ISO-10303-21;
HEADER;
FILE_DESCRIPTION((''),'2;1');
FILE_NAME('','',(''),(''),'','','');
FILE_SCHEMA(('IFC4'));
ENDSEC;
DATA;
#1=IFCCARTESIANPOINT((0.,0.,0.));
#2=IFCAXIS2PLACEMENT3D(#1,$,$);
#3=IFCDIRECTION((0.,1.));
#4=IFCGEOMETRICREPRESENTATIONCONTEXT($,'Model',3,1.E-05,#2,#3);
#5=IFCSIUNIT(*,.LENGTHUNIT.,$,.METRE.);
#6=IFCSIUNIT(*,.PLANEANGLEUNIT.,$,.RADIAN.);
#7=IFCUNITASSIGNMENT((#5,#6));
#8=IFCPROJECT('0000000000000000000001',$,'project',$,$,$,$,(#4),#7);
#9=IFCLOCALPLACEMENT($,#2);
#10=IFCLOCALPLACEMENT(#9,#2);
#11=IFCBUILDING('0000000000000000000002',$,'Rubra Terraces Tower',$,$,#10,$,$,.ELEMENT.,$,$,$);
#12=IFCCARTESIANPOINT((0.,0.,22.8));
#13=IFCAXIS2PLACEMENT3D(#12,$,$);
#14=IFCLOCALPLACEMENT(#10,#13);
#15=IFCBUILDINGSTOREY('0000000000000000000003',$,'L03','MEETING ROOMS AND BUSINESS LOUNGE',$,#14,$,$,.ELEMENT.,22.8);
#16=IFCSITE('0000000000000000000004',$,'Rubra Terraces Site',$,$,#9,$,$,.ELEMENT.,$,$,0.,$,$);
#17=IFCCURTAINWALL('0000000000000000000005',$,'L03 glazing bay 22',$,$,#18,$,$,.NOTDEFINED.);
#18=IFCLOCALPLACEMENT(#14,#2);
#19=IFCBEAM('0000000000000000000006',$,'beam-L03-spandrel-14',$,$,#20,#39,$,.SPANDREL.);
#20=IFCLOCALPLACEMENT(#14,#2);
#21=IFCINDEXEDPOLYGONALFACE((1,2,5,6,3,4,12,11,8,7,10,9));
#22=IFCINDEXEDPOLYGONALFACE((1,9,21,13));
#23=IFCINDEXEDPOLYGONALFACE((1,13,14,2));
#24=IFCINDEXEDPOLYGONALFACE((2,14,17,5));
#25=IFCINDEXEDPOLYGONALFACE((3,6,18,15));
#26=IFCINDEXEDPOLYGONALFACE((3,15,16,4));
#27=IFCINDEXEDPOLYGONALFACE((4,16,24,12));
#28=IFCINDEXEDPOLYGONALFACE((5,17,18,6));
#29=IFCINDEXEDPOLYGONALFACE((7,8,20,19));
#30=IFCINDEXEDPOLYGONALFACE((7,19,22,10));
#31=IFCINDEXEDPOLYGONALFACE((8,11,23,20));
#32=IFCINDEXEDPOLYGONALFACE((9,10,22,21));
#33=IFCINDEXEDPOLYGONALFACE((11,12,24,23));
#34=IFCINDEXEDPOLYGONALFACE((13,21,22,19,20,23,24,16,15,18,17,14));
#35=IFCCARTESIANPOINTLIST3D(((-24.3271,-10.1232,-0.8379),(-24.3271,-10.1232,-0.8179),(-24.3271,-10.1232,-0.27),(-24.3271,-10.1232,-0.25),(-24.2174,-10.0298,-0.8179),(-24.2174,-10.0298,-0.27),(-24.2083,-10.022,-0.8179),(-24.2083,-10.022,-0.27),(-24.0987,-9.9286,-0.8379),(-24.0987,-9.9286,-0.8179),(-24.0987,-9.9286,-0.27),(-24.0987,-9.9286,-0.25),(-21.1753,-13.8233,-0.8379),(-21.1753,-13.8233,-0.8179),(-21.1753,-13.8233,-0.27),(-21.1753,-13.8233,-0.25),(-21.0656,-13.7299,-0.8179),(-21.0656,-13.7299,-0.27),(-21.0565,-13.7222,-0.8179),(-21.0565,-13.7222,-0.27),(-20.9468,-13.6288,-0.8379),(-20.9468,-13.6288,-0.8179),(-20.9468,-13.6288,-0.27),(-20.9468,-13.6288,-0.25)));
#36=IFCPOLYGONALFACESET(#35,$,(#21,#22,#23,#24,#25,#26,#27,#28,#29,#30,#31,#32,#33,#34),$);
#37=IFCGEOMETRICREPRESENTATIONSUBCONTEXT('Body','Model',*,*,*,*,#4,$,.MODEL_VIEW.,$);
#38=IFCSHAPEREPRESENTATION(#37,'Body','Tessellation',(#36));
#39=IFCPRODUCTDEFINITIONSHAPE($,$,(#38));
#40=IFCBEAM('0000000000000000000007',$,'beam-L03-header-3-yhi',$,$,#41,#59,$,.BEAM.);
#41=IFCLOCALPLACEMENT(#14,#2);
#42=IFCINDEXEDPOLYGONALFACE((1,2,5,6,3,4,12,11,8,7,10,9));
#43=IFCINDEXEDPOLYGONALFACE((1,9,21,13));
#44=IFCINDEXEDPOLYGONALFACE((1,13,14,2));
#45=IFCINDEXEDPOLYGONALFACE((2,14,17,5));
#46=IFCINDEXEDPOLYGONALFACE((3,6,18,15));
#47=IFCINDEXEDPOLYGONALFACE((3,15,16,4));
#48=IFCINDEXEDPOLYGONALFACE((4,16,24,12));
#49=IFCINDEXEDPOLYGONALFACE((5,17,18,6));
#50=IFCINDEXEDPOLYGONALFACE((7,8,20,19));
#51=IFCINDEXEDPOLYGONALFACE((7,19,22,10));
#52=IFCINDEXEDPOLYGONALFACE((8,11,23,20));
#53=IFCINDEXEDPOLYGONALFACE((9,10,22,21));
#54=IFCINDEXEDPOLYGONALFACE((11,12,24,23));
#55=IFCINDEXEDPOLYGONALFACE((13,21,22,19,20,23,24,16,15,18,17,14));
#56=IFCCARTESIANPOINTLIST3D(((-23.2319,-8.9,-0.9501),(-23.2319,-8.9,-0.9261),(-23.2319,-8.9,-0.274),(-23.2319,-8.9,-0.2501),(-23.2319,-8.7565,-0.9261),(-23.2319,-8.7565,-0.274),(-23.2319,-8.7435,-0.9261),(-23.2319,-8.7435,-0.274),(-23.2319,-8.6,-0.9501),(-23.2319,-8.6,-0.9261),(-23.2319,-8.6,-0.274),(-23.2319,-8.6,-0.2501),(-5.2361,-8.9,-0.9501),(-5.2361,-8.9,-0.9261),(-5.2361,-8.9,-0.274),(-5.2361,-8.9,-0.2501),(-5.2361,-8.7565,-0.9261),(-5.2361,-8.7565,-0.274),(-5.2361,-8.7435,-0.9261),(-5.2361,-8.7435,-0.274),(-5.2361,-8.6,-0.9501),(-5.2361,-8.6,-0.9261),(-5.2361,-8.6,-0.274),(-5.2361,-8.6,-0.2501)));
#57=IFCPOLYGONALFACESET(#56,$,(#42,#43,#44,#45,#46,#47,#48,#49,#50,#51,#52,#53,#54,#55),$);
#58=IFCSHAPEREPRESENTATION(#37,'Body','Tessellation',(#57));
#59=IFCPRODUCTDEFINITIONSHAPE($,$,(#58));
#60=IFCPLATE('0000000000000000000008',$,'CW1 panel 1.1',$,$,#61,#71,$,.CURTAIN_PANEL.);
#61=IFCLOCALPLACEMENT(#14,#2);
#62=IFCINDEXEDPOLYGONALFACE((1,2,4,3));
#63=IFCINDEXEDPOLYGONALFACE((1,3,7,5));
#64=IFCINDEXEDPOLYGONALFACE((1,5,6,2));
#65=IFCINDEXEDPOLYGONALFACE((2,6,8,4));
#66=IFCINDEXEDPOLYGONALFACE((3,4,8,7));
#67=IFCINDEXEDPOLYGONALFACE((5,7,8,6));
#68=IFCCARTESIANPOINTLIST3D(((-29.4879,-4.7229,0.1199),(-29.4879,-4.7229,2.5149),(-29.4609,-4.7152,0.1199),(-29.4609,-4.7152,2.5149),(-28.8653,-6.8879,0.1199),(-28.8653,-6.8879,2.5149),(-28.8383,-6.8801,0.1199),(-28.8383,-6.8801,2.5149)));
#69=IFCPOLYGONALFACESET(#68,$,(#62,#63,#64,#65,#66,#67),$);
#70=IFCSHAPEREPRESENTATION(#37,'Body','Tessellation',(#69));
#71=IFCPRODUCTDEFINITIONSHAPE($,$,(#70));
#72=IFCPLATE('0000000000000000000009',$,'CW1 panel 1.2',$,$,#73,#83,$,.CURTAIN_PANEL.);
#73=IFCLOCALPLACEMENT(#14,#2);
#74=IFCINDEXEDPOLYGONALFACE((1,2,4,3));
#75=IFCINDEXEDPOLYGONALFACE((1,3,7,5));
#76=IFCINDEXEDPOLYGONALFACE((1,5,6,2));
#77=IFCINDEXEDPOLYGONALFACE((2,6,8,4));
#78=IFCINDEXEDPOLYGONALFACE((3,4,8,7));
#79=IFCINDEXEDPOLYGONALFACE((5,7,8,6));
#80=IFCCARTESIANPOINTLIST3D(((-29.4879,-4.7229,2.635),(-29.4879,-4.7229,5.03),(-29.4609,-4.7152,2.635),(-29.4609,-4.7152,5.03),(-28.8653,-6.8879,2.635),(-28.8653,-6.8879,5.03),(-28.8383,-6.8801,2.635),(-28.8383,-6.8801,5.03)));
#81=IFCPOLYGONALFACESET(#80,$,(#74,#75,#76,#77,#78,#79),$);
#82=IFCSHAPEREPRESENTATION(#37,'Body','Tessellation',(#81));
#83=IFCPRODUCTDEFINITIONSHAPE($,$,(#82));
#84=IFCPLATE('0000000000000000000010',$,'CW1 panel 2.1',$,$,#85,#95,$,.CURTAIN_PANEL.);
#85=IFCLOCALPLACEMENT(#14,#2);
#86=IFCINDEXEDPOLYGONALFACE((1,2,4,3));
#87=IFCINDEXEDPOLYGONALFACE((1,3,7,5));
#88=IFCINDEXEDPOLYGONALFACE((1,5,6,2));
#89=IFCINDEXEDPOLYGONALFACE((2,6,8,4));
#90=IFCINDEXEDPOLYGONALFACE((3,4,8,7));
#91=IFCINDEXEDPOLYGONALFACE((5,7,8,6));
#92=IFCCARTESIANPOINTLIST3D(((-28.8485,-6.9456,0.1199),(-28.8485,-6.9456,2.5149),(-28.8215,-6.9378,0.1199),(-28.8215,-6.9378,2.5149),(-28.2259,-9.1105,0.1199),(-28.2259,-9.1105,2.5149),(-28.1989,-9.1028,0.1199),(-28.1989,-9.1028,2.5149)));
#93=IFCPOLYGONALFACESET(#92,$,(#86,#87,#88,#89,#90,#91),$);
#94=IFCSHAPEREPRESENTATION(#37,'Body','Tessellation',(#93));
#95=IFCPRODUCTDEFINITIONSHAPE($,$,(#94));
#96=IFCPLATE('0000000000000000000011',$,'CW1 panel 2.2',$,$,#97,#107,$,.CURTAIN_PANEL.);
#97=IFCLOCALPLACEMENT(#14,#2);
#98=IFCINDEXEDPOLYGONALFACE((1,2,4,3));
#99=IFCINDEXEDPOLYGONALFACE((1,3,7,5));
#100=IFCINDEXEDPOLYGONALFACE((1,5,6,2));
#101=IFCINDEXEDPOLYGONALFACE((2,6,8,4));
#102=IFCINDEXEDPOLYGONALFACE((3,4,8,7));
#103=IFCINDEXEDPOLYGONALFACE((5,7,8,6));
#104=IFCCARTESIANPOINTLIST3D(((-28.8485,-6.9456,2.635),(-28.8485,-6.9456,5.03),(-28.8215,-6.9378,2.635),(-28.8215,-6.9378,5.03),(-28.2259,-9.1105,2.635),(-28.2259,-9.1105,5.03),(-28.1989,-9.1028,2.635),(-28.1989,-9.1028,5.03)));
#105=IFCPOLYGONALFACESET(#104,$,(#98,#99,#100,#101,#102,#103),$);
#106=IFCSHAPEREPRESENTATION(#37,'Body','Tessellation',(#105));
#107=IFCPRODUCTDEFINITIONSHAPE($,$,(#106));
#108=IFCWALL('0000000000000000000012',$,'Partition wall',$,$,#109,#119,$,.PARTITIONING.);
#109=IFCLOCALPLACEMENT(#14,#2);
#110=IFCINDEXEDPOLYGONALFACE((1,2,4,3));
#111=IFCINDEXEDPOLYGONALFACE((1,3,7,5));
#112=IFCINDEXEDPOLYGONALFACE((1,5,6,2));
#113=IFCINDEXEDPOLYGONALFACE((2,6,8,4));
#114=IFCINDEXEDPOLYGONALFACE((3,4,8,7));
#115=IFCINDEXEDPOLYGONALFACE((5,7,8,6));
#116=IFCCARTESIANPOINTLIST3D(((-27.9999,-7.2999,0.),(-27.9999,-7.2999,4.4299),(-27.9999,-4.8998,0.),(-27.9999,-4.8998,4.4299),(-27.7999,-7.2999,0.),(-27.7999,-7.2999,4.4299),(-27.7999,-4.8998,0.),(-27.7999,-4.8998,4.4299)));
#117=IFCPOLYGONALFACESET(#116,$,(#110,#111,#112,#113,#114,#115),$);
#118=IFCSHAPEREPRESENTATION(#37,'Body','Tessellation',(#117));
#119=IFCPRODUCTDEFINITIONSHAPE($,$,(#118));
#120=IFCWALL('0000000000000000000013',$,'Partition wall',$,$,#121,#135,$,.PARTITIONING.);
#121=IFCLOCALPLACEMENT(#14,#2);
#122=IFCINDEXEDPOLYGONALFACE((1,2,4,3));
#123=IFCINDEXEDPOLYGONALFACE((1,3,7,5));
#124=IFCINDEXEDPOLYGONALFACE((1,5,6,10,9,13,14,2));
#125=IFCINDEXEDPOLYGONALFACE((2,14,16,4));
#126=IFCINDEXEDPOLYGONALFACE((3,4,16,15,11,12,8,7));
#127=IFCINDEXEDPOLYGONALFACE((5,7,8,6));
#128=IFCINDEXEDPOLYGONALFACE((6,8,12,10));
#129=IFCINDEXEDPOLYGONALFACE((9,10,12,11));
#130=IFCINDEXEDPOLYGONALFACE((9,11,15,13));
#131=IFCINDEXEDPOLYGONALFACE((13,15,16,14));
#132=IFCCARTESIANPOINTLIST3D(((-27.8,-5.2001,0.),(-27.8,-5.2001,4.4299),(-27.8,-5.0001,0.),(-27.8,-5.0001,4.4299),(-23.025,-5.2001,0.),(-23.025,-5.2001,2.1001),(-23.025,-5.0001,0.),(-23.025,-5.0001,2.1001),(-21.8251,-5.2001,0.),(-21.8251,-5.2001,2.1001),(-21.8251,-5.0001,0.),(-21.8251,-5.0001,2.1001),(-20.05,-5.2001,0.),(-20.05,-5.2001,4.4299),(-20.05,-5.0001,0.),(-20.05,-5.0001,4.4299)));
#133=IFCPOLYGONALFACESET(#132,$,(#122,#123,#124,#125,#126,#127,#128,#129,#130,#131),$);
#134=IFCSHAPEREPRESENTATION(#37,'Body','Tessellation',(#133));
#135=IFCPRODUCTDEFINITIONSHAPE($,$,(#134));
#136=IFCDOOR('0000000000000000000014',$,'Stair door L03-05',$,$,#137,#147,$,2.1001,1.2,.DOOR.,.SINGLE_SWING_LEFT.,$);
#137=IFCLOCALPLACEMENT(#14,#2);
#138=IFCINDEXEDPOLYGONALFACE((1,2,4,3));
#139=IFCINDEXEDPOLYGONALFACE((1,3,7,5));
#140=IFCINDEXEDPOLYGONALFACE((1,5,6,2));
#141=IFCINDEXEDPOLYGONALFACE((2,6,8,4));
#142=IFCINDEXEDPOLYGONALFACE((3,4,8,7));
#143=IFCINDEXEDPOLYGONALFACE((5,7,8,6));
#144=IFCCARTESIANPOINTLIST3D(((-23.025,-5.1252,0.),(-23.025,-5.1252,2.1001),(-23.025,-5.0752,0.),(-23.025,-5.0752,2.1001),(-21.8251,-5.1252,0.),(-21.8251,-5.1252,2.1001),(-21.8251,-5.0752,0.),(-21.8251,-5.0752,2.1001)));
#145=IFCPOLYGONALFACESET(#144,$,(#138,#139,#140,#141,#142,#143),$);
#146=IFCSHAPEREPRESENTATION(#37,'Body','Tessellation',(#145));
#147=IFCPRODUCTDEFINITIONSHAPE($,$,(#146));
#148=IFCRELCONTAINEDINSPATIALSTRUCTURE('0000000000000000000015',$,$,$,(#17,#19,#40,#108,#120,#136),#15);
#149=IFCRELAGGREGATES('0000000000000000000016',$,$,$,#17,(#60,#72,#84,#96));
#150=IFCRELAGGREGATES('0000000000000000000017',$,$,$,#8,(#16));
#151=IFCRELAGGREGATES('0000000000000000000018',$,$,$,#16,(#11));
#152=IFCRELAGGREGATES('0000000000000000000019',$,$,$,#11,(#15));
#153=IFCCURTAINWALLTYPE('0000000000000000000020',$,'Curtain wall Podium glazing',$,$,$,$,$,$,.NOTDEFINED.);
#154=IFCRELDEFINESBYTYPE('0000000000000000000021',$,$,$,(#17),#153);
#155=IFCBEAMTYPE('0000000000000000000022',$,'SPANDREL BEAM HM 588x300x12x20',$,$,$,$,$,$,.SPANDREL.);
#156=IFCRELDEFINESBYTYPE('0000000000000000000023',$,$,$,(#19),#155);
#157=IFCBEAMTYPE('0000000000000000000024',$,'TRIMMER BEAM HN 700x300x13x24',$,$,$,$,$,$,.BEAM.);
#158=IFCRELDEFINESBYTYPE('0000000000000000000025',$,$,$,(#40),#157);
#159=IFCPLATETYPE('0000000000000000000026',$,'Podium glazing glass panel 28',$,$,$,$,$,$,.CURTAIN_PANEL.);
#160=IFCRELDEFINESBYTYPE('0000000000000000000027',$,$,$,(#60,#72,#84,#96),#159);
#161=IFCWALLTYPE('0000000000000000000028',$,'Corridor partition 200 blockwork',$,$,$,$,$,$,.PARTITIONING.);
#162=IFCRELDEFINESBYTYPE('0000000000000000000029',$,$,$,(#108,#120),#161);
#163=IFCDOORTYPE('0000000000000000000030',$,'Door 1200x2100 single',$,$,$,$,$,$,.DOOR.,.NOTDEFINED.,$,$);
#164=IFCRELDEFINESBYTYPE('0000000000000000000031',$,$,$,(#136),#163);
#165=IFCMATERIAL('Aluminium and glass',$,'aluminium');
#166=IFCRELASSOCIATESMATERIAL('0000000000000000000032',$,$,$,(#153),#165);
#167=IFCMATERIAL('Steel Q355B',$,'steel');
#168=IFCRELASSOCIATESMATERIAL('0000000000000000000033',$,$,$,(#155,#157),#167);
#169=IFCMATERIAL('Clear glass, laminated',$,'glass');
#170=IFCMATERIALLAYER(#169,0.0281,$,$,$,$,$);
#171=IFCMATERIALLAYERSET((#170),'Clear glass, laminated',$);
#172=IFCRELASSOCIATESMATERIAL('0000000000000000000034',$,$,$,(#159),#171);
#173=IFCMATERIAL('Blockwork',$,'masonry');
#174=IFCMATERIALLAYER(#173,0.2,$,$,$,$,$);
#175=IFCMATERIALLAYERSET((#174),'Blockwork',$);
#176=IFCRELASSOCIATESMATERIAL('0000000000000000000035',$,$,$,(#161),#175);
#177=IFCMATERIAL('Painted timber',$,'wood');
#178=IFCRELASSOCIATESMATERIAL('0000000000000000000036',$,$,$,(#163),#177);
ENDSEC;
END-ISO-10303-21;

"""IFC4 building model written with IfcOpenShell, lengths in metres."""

from ifc_helpers import new_model, si_unit, direction, frame, frame_2d, origin, origin_2d, place, context, subcontext, project, spatial, rectangle, i_section, extrude, material, layer, layer_set, material_profile, profile_set, type_object, element, fill, aggregate, save


model = new_model("IFC4")

# Units and contexts
model_context = context("Model", 3, precision=1e-05, world=origin(), true_north=direction((0.0, 1.0)))
body_context = subcontext(model_context, "Body", "Model", "MODEL_VIEW")
ifc_project = project(units=[si_unit("LENGTHUNIT", "METRE"), si_unit("PLANEANGLEUNIT", "RADIAN")], contexts=[model_context])

# Site, building, storey
site_placement = place(None, origin())
site = spatial("IfcSite", under=ifc_project, at=site_placement, Name="Rubra Terraces Site", CompositionType="ELEMENT", RefElevation=0.0)
building_placement = place(site_placement, origin())
building = spatial("IfcBuilding", under=site, at=building_placement, Name="Rubra Terraces Tower", CompositionType="ELEMENT")
storey_placement = place(building_placement, frame((0.0, 0.0, 22.8)))
storey = spatial("IfcBuildingStorey", under=building, at=storey_placement, Name="L03", Description="MEETING ROOMS AND BUSINESS LOUNGE", CompositionType="ELEMENT", Elevation=22.8)

# Shared definitions
ifc_material_1 = material(Name="Steel Q355B", Category="steel")

# Curtain wall
ifc_material_2 = material(Name="Aluminium and glass", Category="aluminium")
curtain_wall_type = type_object("IfcCurtainWallType", Name="Curtain wall Podium glazing", PredefinedType="NOTDEFINED", material=ifc_material_2)
curtain_wall_1_placement = place(storey_placement, origin())
curtain_wall_1 = element("IfcCurtainWall", 1, at=curtain_wall_1_placement, inside=storey, type_object=curtain_wall_type, Name="L03 glazing bay 22", PredefinedType="NOTDEFINED")

# Beams
ifc_material_profile_1 = material_profile(ifc_material_1, i_section(OverallWidth=0.3, OverallDepth=0.5879, WebThickness=0.012, FlangeThickness=0.02, at=origin_2d()), Name="HM 588x300x12x20")
ifc_profile_set_1 = profile_set([ifc_material_profile_1], Name="Steel Q355B")
beam_type_1 = type_object("IfcBeamType", Name="SPANDREL BEAM HM 588x300x12x20", PredefinedType="SPANDREL", material=ifc_profile_set_1)
beam_1_placement = place(storey_placement, frame((-24.2129, -10.0259, -0.5439), z_axis=(0.648447, -0.76126, 0.0), x_axis=(0.76126, 0.648447, 0.0)))
element("IfcBeam", 2, at=beam_1_placement, inside=storey, type_object=beam_type_1, Name="beam-L03-spandrel-14", PredefinedType="SPANDREL", context=body_context, shape_type="SweptSolid", body=[
    extrude(i_section(OverallWidth=0.3, OverallDepth=0.5879, WebThickness=0.012, FlangeThickness=0.02, at=origin_2d()), origin(), (0.0, 0.0, 1.0), 4.8606),
])
ifc_material_profile_2 = material_profile(ifc_material_1, i_section(OverallWidth=0.3, OverallDepth=0.7, WebThickness=0.0129, FlangeThickness=0.0239, at=origin_2d()), Name="HN 700x300x13x24")
ifc_profile_set_2 = profile_set([ifc_material_profile_2], Name="Steel Q355B")
beam_type_2 = type_object("IfcBeamType", Name="TRIMMER BEAM HN 700x300x13x24", PredefinedType="BEAM", material=ifc_profile_set_2)
beam_2_placement = place(storey_placement, frame((-23.2319, -8.75, -0.6001), z_axis=(1.0, 0.0, 0.0), x_axis=(0.0, 1.0, 0.0)))
element("IfcBeam", 3, at=beam_2_placement, inside=storey, type_object=beam_type_2, Name="beam-L03-header-3-yhi", PredefinedType="BEAM", context=body_context, shape_type="SweptSolid", body=[
    extrude(i_section(OverallWidth=0.3, OverallDepth=0.7, WebThickness=0.0129, FlangeThickness=0.0239, at=origin_2d()), origin(), (0.0, 0.0, 1.0), 17.9958),
])

# Plates
ifc_material_3 = material(Name="Clear glass, laminated", Category="glass")
ifc_layer_1 = layer(ifc_material_3, 0.0281)
ifc_layer_set_1 = layer_set([ifc_layer_1], Name="Clear glass, laminated")
plate_type = type_object("IfcPlateType", Name="Podium glazing glass panel 28", PredefinedType="CURTAIN_PANEL", material=ifc_layer_set_1)
plate_1_placement = place(storey_placement, frame((-29.1631, -5.8015, 0.1199), z_axis=(0.0, 0.0, 1.0), x_axis=(0.276384, -0.961047, 0.0)))
plate_1 = element("IfcPlate", 4, at=plate_1_placement, type_object=plate_type, Name="CW1 panel 1.1", PredefinedType="CURTAIN_PANEL", context=body_context, shape_type="SweptSolid", body=[
    extrude(rectangle(XDim=2.2527, YDim=0.0281, at=origin_2d()), origin(), (0.0, 0.0, 1.0), 2.395),
])
plate_2_placement = place(storey_placement, frame((-29.1631, -5.8015, 2.635), z_axis=(0.0, 0.0, 1.0), x_axis=(0.276384, -0.961047, 0.0)))
plate_2 = element("IfcPlate", 5, at=plate_2_placement, type_object=plate_type, Name="CW1 panel 1.2", PredefinedType="CURTAIN_PANEL", context=body_context, shape_type="SweptSolid", body=[
    extrude(rectangle(XDim=2.2527, YDim=0.0281, at=origin_2d()), origin(), (0.0, 0.0, 1.0), 2.395),
])
plate_3_placement = place(storey_placement, frame((-28.5237, -8.0242, 0.1199), z_axis=(0.0, 0.0, 1.0), x_axis=(0.276384, -0.961047, 0.0)))
plate_3 = element("IfcPlate", 6, at=plate_3_placement, type_object=plate_type, Name="CW1 panel 2.1", PredefinedType="CURTAIN_PANEL", context=body_context, shape_type="SweptSolid", body=[
    extrude(rectangle(XDim=2.2527, YDim=0.0281, at=origin_2d()), origin(), (0.0, 0.0, 1.0), 2.395),
])
plate_4_placement = place(storey_placement, frame((-28.5237, -8.0242, 2.635), z_axis=(0.0, 0.0, 1.0), x_axis=(0.276384, -0.961047, 0.0)))
plate_4 = element("IfcPlate", 7, at=plate_4_placement, type_object=plate_type, Name="CW1 panel 2.2", PredefinedType="CURTAIN_PANEL", context=body_context, shape_type="SweptSolid", body=[
    extrude(rectangle(XDim=2.2527, YDim=0.0281, at=origin_2d()), origin(), (0.0, 0.0, 1.0), 2.395),
])
aggregate(curtain_wall_1, [plate_1, plate_2, plate_3, plate_4])

# Wall
ifc_material_4 = material(Name="Blockwork", Category="masonry")
ifc_layer_2 = layer(ifc_material_4, 0.2)
ifc_layer_set_2 = layer_set([ifc_layer_2], Name="Blockwork")
wall_type = type_object("IfcWallType", Name="Corridor partition 200 blockwork", PredefinedType="PARTITIONING", material=ifc_layer_set_2)
wall_1_placement = place(storey_placement, frame((-27.8999, -7.3, 0.0), z_axis=(0.0, 0.0, 1.0), x_axis=(0.0, 1.0, 0.0)))
element("IfcWall", 8, at=wall_1_placement, inside=storey, type_object=wall_type, Name="Partition wall", PredefinedType="PARTITIONING", context=body_context, shape_type="SweptSolid", body=[
    extrude(rectangle(XDim=2.4001, YDim=0.2, at=frame_2d((1.2002, 0.0))), origin(), (0.0, 0.0, 1.0), 4.4299),
])

# Wall, opening, door
wall_2_placement = place(storey_placement, frame((-27.8, -5.1001, 0.0), z_axis=(0.0, 0.0, 1.0), x_axis=(1.0, 0.0, 0.0)))
wall_2 = element("IfcWall", 9, at=wall_2_placement, inside=storey, type_object=wall_type, Name="Partition wall", PredefinedType="PARTITIONING", context=body_context, shape_type="SweptSolid", body=[
    extrude(rectangle(XDim=7.75, YDim=0.2, at=frame_2d((3.875, 0.0))), origin(), (0.0, 0.0, 1.0), 4.4299),
])
opening_placement = place(wall_2_placement, frame((4.7749, 0.0, 0.0)))
opening = element("IfcOpeningElement", 10, at=opening_placement, cuts=wall_2, PredefinedType="OPENING", context=body_context, shape_type="SweptSolid", body=[
    extrude(rectangle(XDim=1.2, YDim=2.1001, at=frame_2d((0.6001, 1.05))), frame((0.0, 0.1099, 0.0), z_axis=(0.0, -1.0, 0.0), x_axis=(1.0, 0.0, 0.0)), (0.0, 0.0, 1.0), 0.22),
])
ifc_material_5 = material(Name="Painted timber", Category="wood")
door_type = type_object("IfcDoorType", Name="Door 1200x2100 single", OperationType="NOTDEFINED", PredefinedType="DOOR", material=ifc_material_5)
door_placement = place(opening_placement, origin())
door = element("IfcDoor", 11, at=door_placement, inside=storey, type_object=door_type, Name="Stair door L03-05", OperationType="SINGLE_SWING_LEFT", OverallHeight=2.1001, OverallWidth=1.2, PredefinedType="DOOR", context=body_context, shape_type="SweptSolid", body=[
    extrude(rectangle(XDim=1.2, YDim=2.1001, at=frame_2d((0.6001, 1.05))), frame((0.0, 0.0249, 0.0), z_axis=(0.0, -1.0, 0.0), x_axis=(1.0, 0.0, 0.0)), (0.0, 0.0, 1.0), 0.05),
])
fill(opening, door)

save(model, "model.ifc")
